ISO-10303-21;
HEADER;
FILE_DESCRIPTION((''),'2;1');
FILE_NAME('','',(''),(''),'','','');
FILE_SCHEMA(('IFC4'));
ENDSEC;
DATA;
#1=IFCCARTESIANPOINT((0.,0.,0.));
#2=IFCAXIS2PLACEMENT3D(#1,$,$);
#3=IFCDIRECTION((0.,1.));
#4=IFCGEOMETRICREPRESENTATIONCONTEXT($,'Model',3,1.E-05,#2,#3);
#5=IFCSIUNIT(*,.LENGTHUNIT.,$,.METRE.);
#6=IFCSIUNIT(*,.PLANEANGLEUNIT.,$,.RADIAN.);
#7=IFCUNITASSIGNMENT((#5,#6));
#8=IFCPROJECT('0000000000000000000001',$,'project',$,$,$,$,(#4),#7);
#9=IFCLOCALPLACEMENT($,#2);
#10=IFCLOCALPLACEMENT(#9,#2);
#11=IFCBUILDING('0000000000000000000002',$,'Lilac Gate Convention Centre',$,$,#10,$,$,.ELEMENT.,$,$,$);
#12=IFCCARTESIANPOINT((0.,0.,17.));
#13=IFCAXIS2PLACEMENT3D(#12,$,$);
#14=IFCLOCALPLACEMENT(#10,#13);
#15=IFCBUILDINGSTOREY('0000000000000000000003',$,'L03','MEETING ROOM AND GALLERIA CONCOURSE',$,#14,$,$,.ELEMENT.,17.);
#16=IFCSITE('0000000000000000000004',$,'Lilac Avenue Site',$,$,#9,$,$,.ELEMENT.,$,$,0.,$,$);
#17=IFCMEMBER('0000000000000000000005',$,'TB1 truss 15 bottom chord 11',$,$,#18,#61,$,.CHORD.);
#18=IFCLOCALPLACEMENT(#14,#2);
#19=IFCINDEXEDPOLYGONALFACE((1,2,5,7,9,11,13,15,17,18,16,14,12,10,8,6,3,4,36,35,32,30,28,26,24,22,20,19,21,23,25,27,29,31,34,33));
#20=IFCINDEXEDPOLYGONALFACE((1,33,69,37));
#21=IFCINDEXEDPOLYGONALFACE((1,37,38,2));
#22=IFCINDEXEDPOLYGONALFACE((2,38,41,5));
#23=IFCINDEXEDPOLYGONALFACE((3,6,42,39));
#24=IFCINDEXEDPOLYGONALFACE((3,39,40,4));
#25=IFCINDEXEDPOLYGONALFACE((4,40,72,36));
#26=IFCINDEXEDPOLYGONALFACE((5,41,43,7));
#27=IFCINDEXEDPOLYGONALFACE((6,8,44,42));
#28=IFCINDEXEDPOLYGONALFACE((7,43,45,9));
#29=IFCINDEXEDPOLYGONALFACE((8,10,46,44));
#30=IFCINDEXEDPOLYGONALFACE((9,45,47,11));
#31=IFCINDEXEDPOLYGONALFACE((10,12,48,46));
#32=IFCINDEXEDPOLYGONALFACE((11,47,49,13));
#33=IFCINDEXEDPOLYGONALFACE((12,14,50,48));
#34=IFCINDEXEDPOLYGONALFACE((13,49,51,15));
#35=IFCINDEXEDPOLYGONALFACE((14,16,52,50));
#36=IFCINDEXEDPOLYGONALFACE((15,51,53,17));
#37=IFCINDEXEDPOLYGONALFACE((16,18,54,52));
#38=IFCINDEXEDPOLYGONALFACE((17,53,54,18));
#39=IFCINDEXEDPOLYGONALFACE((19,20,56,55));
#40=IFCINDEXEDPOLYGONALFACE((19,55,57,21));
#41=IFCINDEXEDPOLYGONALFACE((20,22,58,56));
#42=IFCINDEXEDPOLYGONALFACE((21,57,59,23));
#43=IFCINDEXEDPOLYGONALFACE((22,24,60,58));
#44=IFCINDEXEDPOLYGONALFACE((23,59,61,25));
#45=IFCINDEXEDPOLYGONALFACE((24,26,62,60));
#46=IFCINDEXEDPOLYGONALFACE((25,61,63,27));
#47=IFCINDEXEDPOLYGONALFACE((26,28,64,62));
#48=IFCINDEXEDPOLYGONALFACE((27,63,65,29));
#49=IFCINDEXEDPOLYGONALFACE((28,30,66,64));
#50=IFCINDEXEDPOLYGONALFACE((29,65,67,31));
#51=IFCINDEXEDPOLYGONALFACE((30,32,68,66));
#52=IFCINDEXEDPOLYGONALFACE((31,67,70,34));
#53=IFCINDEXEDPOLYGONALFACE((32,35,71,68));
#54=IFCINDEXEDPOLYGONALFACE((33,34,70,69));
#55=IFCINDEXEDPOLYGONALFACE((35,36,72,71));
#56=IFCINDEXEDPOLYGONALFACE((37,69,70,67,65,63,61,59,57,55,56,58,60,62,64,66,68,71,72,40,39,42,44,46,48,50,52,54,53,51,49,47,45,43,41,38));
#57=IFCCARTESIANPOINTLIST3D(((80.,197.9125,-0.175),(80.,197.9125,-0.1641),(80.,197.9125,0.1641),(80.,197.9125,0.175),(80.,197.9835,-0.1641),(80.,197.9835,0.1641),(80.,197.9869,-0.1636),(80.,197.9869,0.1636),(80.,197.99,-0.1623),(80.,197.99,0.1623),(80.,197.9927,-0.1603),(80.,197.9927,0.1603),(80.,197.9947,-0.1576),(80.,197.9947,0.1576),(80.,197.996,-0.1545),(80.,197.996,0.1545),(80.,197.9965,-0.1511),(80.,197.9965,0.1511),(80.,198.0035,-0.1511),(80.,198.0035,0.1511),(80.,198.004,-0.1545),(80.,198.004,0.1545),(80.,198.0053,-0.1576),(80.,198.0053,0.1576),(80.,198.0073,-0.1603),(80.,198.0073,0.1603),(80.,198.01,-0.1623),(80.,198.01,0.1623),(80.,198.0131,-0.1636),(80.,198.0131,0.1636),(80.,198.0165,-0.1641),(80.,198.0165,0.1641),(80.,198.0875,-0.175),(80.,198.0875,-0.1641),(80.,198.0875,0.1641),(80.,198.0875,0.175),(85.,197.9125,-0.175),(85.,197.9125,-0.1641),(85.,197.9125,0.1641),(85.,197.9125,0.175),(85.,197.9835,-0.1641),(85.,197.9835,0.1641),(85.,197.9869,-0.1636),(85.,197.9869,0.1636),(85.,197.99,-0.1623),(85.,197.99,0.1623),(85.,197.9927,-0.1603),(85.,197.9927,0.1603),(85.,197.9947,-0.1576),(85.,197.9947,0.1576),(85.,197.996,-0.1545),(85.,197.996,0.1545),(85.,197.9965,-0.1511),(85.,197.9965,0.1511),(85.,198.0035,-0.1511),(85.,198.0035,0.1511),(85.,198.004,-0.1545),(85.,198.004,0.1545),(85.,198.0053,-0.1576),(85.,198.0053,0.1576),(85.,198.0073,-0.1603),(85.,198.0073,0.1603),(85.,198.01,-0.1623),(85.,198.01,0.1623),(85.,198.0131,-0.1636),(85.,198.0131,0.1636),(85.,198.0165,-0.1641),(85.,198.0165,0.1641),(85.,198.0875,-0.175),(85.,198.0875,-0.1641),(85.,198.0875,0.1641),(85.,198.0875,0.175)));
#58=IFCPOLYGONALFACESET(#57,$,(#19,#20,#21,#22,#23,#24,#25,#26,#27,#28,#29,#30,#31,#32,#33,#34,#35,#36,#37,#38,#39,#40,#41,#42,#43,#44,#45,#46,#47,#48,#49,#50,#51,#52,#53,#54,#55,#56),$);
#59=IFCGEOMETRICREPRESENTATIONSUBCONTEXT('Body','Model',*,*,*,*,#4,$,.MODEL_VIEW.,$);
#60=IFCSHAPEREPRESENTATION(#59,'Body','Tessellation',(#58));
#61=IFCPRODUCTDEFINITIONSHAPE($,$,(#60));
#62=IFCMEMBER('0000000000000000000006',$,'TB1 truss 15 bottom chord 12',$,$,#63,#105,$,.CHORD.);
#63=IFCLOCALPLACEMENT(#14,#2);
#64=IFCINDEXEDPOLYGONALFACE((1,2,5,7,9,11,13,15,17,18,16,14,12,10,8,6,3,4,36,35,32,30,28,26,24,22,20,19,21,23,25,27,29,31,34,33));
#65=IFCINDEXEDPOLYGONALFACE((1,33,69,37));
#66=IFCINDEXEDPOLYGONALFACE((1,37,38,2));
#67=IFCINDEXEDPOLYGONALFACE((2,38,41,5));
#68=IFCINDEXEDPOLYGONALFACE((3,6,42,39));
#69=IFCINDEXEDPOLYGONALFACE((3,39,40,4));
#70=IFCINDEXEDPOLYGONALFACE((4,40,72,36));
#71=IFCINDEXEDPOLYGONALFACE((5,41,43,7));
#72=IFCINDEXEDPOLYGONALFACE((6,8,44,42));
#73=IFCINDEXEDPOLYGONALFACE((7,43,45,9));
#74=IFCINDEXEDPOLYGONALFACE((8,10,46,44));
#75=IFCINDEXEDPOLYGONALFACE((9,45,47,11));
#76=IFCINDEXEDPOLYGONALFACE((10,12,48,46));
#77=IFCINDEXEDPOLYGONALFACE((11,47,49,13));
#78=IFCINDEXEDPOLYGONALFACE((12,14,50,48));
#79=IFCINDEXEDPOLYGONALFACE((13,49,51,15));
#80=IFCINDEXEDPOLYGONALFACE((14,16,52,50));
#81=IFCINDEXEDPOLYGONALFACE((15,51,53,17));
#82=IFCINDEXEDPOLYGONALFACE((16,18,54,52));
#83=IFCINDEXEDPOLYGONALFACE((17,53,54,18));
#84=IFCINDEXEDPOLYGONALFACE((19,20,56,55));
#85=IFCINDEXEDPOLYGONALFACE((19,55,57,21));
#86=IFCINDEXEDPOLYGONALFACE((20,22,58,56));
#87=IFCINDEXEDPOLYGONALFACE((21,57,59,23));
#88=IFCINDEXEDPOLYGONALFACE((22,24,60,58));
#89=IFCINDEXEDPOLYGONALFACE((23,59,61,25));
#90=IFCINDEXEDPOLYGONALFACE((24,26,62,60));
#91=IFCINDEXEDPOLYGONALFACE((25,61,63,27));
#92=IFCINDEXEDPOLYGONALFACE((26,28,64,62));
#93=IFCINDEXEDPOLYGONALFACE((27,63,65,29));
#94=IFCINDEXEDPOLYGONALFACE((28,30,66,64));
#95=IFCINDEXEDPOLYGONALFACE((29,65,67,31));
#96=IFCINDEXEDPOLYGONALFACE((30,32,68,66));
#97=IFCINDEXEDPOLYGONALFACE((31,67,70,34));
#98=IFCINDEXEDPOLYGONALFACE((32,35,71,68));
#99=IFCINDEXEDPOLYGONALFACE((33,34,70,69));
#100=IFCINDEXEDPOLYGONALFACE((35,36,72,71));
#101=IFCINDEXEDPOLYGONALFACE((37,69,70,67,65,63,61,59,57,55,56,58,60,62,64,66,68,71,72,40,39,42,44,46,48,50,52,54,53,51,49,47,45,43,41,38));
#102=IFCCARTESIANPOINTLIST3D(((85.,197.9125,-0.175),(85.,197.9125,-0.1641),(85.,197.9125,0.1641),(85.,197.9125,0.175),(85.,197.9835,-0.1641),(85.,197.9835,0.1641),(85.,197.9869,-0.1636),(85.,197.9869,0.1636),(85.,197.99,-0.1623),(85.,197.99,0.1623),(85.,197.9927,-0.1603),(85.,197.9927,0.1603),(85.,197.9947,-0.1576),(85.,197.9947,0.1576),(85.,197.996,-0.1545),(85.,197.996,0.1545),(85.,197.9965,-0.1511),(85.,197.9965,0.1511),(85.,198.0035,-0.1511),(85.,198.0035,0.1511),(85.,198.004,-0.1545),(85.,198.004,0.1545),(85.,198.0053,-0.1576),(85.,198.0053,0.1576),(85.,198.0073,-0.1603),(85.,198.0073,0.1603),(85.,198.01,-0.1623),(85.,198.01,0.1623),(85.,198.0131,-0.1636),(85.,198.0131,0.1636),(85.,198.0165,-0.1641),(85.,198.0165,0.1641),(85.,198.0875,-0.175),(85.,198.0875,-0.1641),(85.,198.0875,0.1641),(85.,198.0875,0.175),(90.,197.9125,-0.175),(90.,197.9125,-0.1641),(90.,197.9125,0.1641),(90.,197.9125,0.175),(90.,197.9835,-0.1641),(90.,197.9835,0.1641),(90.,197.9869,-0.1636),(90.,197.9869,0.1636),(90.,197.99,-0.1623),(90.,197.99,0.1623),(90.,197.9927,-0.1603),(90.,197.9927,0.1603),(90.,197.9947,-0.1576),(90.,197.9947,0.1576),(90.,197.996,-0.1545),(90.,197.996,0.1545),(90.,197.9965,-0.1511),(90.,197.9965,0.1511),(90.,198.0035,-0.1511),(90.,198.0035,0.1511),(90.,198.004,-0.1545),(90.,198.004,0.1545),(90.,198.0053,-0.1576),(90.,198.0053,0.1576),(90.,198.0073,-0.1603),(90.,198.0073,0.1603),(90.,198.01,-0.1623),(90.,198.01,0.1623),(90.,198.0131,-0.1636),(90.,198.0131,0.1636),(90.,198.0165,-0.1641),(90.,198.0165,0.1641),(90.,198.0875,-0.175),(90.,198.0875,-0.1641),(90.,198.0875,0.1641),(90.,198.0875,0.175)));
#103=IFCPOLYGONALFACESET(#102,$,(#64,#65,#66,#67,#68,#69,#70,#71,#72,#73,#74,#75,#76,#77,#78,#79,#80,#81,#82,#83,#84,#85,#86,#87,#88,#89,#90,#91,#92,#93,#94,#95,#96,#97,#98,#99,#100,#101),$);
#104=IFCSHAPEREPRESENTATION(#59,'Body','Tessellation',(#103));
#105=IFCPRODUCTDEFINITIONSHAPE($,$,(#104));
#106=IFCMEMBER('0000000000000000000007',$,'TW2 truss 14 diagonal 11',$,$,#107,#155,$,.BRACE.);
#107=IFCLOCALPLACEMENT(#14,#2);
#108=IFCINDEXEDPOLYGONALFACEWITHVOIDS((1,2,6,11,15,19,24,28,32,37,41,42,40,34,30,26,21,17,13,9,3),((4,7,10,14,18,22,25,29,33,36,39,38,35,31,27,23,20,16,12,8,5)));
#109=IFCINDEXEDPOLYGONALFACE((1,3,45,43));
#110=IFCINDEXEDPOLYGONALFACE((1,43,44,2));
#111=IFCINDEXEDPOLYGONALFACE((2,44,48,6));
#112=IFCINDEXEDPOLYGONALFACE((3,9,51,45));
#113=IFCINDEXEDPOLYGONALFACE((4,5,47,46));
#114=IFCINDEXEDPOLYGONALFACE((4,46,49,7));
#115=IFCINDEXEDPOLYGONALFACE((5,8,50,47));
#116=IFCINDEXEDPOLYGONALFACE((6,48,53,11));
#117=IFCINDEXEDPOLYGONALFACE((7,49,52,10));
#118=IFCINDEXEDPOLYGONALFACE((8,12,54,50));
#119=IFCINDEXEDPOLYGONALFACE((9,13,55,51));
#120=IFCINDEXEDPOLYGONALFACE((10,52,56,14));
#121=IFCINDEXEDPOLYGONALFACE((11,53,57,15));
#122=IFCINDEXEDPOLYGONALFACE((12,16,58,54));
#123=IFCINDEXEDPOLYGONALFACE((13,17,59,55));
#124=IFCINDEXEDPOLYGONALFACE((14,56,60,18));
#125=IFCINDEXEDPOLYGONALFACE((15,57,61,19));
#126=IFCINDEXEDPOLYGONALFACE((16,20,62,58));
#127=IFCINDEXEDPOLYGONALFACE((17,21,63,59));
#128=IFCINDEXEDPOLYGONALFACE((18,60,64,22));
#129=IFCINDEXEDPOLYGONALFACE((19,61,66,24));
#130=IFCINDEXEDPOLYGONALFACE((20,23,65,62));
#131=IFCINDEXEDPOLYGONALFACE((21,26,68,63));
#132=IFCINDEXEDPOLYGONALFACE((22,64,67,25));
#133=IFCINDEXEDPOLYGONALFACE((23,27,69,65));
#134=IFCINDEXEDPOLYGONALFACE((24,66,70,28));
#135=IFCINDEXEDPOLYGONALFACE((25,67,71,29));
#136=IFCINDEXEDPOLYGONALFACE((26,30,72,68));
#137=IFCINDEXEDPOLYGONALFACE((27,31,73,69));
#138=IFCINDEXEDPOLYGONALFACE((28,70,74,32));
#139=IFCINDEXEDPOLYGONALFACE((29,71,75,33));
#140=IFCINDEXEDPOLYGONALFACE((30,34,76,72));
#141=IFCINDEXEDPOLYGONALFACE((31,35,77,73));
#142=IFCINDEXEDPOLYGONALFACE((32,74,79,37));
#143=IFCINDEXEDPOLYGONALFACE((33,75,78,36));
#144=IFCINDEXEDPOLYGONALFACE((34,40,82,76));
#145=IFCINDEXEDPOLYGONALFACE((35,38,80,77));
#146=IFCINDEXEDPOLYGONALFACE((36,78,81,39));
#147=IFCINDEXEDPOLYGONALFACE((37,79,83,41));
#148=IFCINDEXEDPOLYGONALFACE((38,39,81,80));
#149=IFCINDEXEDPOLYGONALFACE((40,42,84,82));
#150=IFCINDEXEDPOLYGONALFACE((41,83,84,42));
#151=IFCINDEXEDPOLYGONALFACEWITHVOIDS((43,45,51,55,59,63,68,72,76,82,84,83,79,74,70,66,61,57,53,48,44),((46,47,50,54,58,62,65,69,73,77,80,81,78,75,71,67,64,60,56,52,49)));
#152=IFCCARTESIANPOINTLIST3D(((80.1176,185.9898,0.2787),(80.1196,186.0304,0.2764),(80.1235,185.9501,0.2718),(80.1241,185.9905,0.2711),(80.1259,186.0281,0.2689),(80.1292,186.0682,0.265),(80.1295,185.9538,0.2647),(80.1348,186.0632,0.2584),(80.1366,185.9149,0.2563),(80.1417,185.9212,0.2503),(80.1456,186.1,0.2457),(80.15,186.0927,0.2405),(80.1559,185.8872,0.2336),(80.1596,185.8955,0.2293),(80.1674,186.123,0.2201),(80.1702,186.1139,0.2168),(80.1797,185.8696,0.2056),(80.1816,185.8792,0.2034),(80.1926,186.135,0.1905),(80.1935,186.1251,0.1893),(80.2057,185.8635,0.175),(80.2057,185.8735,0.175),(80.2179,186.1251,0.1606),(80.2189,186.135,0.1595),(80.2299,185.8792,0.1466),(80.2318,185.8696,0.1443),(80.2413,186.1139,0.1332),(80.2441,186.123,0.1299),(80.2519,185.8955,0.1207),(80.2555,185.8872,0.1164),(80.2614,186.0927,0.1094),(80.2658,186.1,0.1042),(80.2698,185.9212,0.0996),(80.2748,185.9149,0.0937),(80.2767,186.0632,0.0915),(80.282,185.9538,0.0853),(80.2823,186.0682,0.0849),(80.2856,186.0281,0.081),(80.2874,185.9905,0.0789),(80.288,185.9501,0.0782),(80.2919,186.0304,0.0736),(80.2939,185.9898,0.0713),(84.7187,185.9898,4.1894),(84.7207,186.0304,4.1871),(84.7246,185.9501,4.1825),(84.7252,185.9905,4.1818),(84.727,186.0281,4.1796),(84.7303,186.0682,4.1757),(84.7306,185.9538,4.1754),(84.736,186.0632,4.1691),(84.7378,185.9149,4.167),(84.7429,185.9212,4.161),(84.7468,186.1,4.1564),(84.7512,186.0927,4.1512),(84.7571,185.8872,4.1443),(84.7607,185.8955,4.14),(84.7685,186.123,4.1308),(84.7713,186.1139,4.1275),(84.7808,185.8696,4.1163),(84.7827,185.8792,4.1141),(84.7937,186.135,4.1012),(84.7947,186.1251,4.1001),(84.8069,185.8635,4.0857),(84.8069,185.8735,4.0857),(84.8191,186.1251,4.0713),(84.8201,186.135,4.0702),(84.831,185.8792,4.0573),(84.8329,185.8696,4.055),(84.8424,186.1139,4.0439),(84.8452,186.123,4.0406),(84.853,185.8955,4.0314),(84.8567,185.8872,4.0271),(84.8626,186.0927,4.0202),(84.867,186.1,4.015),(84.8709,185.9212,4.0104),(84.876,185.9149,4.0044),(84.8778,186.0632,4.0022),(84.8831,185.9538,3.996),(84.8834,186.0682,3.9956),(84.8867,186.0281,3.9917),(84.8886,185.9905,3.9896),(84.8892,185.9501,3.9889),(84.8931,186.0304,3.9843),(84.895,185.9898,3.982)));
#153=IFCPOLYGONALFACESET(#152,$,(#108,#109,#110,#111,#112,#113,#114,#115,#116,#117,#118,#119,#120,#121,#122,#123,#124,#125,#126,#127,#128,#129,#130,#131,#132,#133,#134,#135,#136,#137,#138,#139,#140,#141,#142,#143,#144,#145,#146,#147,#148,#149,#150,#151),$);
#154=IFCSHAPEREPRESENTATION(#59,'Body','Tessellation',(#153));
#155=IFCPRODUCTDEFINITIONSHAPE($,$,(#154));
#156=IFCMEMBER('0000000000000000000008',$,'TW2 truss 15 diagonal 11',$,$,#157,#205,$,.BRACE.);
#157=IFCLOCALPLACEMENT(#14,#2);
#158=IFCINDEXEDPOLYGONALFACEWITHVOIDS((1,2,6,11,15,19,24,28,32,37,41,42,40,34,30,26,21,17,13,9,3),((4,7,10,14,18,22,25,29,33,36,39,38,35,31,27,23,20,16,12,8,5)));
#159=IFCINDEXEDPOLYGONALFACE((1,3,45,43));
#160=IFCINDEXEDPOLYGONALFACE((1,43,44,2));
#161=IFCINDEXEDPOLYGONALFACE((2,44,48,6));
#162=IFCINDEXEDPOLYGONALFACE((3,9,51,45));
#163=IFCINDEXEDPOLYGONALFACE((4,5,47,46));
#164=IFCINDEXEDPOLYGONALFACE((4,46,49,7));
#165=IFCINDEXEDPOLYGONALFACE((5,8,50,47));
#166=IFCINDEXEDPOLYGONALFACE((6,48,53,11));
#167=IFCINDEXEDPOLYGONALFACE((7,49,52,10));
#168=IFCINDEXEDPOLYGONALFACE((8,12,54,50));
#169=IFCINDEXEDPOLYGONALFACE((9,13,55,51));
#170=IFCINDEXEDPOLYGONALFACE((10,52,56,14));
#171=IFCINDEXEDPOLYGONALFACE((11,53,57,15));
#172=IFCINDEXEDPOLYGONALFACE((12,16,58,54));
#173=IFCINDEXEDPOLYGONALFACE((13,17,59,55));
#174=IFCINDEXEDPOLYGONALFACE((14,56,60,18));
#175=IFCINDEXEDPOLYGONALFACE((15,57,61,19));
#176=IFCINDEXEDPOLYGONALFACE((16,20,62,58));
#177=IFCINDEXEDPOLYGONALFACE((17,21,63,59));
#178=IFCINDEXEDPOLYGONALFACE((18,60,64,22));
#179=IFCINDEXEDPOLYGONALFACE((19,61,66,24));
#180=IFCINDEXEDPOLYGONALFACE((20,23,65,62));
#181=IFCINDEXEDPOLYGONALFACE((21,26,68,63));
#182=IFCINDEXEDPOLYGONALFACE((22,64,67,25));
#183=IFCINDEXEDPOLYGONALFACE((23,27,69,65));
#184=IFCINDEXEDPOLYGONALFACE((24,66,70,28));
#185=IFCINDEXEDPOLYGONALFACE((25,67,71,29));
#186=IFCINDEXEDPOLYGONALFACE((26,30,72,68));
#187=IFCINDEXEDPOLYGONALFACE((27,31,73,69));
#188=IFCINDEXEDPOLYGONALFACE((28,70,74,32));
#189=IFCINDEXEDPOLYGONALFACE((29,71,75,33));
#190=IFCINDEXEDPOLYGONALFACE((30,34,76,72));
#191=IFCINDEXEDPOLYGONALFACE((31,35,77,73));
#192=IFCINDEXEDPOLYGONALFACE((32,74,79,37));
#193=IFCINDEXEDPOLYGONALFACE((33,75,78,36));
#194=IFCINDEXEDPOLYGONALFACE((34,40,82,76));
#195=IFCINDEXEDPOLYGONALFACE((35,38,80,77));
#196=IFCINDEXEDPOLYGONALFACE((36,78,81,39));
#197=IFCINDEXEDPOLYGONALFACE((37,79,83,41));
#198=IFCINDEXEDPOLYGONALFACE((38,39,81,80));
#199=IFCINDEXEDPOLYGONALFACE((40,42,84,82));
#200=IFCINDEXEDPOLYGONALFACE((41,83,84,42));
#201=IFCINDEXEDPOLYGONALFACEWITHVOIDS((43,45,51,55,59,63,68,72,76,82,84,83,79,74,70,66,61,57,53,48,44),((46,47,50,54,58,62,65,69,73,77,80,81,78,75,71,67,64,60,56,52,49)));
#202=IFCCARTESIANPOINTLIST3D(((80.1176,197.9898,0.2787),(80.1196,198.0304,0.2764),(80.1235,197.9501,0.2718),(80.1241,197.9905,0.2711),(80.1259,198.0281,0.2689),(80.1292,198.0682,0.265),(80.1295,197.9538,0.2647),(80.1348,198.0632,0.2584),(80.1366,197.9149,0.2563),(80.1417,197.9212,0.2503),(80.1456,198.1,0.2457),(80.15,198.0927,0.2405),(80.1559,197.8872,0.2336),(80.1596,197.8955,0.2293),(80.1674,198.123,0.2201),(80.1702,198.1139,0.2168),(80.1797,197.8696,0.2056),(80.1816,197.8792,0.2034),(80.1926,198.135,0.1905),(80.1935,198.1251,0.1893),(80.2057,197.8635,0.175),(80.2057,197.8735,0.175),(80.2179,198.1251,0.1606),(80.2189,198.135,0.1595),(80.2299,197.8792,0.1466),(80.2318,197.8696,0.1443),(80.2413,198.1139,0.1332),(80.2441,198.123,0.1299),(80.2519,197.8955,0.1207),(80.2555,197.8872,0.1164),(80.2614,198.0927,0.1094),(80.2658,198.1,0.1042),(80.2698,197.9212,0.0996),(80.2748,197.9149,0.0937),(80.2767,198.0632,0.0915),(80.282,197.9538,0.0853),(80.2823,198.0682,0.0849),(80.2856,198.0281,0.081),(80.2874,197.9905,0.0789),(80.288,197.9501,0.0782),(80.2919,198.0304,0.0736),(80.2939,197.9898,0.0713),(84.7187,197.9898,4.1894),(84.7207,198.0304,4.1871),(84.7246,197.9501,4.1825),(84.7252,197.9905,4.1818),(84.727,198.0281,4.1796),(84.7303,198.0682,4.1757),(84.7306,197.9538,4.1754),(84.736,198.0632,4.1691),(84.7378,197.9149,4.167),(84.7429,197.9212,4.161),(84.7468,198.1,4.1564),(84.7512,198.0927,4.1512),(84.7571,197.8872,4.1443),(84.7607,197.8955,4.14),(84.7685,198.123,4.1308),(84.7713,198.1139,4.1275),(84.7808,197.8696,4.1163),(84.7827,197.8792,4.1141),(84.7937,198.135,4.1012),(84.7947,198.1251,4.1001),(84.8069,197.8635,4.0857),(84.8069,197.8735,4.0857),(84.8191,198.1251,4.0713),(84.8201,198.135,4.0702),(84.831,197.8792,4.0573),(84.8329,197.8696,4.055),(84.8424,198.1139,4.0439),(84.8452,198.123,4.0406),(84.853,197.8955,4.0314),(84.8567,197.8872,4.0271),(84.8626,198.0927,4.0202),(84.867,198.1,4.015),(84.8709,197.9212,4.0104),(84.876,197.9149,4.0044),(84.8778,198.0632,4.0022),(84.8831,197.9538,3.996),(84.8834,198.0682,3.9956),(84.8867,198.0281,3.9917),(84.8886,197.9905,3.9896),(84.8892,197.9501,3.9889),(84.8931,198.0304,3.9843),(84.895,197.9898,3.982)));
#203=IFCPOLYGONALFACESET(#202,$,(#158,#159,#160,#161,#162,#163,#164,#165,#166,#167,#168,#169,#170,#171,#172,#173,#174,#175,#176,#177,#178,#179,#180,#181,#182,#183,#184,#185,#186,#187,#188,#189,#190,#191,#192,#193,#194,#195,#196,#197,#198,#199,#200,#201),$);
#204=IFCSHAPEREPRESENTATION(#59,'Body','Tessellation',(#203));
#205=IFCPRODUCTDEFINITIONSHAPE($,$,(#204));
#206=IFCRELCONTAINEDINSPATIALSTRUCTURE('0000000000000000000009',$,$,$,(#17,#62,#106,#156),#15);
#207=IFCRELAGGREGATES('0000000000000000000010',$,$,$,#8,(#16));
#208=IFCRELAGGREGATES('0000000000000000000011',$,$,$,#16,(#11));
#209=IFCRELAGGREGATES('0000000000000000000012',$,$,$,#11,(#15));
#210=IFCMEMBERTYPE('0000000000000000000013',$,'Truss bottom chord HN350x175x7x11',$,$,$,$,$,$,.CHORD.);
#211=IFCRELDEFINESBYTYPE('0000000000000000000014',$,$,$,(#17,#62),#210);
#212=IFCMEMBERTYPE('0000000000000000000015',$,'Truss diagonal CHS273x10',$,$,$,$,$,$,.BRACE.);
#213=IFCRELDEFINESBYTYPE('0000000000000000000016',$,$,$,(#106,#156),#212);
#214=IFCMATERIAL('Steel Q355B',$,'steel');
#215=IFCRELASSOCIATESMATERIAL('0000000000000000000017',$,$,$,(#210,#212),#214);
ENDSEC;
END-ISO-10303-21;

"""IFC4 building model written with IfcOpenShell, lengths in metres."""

from ifc_helpers import new_model, si_unit, direction, frame, origin, origin_2d, place, context, subcontext, project, spatial, hollow_circle, i_section, extrude, material, material_profile, profile_set, type_object, element, save


model = new_model("IFC4")

# Units and contexts
model_context = context("Model", 3, precision=1e-05, world=origin(), true_north=direction((0.0, 1.0)))
body_context = subcontext(model_context, "Body", "Model", "MODEL_VIEW")
ifc_project = project(units=[si_unit("LENGTHUNIT", "METRE"), si_unit("PLANEANGLEUNIT", "RADIAN")], contexts=[model_context])

# Site, building, storey
site_placement = place(None, origin())
site = spatial("IfcSite", under=ifc_project, at=site_placement, Name="Lilac Avenue Site", CompositionType="ELEMENT", RefElevation=0.0)
building_placement = place(site_placement, origin())
building = spatial("IfcBuilding", under=site, at=building_placement, Name="Lilac Gate Convention Centre", CompositionType="ELEMENT")
storey_placement = place(building_placement, frame((0.0, 0.0, 17.0)))
storey = spatial("IfcBuildingStorey", under=building, at=storey_placement, Name="L03", Description="MEETING ROOM AND GALLERIA CONCOURSE", CompositionType="ELEMENT", Elevation=17.0)

# Members
ifc_material = material(Name="Steel Q355B", Category="steel")
ifc_material_profile_1 = material_profile(ifc_material, i_section(OverallWidth=0.175, OverallDepth=0.3501, WebThickness=0.0071, FlangeThickness=0.011, FilletRadius=0.0129, at=origin_2d()), Name="HN350x175x7x11")
ifc_profile_set_1 = profile_set([ifc_material_profile_1], Name="Steel Q355B")
member_type_1 = type_object("IfcMemberType", Name="Truss bottom chord HN350x175x7x11", PredefinedType="CHORD", material=ifc_profile_set_1)
for number, where, z_axis, x_axis, name in (
    (1, (80.0, 198.0, 0.0), (1.0, 0.0, 0.0), (0.0, 1.0, 0.0), "TB1 truss 15 bottom chord 11"),
    (2, (85.0, 198.0, 0.0), (1.0, 0.0, 0.0), (0.0, 1.0, 0.0), "TB1 truss 15 bottom chord 12"),
):
    element("IfcMember", number, at=place(storey_placement, frame(where, z_axis=z_axis, x_axis=x_axis)), inside=storey, type_object=member_type_1, Name=name, PredefinedType="CHORD", context=body_context, shape_type="SweptSolid", body=[
        extrude(i_section(OverallWidth=0.175, OverallDepth=0.3501, WebThickness=0.0071, FlangeThickness=0.011, FilletRadius=0.0129, at=origin_2d()), origin(), (0.0, 0.0, 1.0), 5.0),
    ])
ifc_material_profile_2 = material_profile(ifc_material, hollow_circle(Radius=0.1365, WallThickness=0.01, at=origin_2d()), Name="CHS273x10")
ifc_profile_set_2 = profile_set([ifc_material_profile_2], Name="Steel Q355B")
member_type_2 = type_object("IfcMemberType", Name="Truss diagonal CHS273x10", PredefinedType="BRACE", material=ifc_profile_set_2)
for number, where, z_axis, x_axis, name in (
    (3, (84.8069, 186.0, 4.0857), (-0.761961, 0.0, -0.647623), (0.0, -1.0, 0.0), "TW2 truss 14 diagonal 11"),
    (4, (84.8069, 198.0, 4.0857), (-0.761961, 0.0, -0.647623), (0.0, -1.0, 0.0), "TW2 truss 15 diagonal 11"),
):
    element("IfcMember", number, at=place(storey_placement, frame(where, z_axis=z_axis, x_axis=x_axis)), inside=storey, type_object=member_type_2, Name=name, PredefinedType="BRACE", context=body_context, shape_type="SweptSolid", body=[
        extrude(hollow_circle(Radius=0.1365, WallThickness=0.01, at=origin_2d()), origin(), (0.0, 0.0, 1.0), 6.0386),
    ])

save(model, "model.ifc")
